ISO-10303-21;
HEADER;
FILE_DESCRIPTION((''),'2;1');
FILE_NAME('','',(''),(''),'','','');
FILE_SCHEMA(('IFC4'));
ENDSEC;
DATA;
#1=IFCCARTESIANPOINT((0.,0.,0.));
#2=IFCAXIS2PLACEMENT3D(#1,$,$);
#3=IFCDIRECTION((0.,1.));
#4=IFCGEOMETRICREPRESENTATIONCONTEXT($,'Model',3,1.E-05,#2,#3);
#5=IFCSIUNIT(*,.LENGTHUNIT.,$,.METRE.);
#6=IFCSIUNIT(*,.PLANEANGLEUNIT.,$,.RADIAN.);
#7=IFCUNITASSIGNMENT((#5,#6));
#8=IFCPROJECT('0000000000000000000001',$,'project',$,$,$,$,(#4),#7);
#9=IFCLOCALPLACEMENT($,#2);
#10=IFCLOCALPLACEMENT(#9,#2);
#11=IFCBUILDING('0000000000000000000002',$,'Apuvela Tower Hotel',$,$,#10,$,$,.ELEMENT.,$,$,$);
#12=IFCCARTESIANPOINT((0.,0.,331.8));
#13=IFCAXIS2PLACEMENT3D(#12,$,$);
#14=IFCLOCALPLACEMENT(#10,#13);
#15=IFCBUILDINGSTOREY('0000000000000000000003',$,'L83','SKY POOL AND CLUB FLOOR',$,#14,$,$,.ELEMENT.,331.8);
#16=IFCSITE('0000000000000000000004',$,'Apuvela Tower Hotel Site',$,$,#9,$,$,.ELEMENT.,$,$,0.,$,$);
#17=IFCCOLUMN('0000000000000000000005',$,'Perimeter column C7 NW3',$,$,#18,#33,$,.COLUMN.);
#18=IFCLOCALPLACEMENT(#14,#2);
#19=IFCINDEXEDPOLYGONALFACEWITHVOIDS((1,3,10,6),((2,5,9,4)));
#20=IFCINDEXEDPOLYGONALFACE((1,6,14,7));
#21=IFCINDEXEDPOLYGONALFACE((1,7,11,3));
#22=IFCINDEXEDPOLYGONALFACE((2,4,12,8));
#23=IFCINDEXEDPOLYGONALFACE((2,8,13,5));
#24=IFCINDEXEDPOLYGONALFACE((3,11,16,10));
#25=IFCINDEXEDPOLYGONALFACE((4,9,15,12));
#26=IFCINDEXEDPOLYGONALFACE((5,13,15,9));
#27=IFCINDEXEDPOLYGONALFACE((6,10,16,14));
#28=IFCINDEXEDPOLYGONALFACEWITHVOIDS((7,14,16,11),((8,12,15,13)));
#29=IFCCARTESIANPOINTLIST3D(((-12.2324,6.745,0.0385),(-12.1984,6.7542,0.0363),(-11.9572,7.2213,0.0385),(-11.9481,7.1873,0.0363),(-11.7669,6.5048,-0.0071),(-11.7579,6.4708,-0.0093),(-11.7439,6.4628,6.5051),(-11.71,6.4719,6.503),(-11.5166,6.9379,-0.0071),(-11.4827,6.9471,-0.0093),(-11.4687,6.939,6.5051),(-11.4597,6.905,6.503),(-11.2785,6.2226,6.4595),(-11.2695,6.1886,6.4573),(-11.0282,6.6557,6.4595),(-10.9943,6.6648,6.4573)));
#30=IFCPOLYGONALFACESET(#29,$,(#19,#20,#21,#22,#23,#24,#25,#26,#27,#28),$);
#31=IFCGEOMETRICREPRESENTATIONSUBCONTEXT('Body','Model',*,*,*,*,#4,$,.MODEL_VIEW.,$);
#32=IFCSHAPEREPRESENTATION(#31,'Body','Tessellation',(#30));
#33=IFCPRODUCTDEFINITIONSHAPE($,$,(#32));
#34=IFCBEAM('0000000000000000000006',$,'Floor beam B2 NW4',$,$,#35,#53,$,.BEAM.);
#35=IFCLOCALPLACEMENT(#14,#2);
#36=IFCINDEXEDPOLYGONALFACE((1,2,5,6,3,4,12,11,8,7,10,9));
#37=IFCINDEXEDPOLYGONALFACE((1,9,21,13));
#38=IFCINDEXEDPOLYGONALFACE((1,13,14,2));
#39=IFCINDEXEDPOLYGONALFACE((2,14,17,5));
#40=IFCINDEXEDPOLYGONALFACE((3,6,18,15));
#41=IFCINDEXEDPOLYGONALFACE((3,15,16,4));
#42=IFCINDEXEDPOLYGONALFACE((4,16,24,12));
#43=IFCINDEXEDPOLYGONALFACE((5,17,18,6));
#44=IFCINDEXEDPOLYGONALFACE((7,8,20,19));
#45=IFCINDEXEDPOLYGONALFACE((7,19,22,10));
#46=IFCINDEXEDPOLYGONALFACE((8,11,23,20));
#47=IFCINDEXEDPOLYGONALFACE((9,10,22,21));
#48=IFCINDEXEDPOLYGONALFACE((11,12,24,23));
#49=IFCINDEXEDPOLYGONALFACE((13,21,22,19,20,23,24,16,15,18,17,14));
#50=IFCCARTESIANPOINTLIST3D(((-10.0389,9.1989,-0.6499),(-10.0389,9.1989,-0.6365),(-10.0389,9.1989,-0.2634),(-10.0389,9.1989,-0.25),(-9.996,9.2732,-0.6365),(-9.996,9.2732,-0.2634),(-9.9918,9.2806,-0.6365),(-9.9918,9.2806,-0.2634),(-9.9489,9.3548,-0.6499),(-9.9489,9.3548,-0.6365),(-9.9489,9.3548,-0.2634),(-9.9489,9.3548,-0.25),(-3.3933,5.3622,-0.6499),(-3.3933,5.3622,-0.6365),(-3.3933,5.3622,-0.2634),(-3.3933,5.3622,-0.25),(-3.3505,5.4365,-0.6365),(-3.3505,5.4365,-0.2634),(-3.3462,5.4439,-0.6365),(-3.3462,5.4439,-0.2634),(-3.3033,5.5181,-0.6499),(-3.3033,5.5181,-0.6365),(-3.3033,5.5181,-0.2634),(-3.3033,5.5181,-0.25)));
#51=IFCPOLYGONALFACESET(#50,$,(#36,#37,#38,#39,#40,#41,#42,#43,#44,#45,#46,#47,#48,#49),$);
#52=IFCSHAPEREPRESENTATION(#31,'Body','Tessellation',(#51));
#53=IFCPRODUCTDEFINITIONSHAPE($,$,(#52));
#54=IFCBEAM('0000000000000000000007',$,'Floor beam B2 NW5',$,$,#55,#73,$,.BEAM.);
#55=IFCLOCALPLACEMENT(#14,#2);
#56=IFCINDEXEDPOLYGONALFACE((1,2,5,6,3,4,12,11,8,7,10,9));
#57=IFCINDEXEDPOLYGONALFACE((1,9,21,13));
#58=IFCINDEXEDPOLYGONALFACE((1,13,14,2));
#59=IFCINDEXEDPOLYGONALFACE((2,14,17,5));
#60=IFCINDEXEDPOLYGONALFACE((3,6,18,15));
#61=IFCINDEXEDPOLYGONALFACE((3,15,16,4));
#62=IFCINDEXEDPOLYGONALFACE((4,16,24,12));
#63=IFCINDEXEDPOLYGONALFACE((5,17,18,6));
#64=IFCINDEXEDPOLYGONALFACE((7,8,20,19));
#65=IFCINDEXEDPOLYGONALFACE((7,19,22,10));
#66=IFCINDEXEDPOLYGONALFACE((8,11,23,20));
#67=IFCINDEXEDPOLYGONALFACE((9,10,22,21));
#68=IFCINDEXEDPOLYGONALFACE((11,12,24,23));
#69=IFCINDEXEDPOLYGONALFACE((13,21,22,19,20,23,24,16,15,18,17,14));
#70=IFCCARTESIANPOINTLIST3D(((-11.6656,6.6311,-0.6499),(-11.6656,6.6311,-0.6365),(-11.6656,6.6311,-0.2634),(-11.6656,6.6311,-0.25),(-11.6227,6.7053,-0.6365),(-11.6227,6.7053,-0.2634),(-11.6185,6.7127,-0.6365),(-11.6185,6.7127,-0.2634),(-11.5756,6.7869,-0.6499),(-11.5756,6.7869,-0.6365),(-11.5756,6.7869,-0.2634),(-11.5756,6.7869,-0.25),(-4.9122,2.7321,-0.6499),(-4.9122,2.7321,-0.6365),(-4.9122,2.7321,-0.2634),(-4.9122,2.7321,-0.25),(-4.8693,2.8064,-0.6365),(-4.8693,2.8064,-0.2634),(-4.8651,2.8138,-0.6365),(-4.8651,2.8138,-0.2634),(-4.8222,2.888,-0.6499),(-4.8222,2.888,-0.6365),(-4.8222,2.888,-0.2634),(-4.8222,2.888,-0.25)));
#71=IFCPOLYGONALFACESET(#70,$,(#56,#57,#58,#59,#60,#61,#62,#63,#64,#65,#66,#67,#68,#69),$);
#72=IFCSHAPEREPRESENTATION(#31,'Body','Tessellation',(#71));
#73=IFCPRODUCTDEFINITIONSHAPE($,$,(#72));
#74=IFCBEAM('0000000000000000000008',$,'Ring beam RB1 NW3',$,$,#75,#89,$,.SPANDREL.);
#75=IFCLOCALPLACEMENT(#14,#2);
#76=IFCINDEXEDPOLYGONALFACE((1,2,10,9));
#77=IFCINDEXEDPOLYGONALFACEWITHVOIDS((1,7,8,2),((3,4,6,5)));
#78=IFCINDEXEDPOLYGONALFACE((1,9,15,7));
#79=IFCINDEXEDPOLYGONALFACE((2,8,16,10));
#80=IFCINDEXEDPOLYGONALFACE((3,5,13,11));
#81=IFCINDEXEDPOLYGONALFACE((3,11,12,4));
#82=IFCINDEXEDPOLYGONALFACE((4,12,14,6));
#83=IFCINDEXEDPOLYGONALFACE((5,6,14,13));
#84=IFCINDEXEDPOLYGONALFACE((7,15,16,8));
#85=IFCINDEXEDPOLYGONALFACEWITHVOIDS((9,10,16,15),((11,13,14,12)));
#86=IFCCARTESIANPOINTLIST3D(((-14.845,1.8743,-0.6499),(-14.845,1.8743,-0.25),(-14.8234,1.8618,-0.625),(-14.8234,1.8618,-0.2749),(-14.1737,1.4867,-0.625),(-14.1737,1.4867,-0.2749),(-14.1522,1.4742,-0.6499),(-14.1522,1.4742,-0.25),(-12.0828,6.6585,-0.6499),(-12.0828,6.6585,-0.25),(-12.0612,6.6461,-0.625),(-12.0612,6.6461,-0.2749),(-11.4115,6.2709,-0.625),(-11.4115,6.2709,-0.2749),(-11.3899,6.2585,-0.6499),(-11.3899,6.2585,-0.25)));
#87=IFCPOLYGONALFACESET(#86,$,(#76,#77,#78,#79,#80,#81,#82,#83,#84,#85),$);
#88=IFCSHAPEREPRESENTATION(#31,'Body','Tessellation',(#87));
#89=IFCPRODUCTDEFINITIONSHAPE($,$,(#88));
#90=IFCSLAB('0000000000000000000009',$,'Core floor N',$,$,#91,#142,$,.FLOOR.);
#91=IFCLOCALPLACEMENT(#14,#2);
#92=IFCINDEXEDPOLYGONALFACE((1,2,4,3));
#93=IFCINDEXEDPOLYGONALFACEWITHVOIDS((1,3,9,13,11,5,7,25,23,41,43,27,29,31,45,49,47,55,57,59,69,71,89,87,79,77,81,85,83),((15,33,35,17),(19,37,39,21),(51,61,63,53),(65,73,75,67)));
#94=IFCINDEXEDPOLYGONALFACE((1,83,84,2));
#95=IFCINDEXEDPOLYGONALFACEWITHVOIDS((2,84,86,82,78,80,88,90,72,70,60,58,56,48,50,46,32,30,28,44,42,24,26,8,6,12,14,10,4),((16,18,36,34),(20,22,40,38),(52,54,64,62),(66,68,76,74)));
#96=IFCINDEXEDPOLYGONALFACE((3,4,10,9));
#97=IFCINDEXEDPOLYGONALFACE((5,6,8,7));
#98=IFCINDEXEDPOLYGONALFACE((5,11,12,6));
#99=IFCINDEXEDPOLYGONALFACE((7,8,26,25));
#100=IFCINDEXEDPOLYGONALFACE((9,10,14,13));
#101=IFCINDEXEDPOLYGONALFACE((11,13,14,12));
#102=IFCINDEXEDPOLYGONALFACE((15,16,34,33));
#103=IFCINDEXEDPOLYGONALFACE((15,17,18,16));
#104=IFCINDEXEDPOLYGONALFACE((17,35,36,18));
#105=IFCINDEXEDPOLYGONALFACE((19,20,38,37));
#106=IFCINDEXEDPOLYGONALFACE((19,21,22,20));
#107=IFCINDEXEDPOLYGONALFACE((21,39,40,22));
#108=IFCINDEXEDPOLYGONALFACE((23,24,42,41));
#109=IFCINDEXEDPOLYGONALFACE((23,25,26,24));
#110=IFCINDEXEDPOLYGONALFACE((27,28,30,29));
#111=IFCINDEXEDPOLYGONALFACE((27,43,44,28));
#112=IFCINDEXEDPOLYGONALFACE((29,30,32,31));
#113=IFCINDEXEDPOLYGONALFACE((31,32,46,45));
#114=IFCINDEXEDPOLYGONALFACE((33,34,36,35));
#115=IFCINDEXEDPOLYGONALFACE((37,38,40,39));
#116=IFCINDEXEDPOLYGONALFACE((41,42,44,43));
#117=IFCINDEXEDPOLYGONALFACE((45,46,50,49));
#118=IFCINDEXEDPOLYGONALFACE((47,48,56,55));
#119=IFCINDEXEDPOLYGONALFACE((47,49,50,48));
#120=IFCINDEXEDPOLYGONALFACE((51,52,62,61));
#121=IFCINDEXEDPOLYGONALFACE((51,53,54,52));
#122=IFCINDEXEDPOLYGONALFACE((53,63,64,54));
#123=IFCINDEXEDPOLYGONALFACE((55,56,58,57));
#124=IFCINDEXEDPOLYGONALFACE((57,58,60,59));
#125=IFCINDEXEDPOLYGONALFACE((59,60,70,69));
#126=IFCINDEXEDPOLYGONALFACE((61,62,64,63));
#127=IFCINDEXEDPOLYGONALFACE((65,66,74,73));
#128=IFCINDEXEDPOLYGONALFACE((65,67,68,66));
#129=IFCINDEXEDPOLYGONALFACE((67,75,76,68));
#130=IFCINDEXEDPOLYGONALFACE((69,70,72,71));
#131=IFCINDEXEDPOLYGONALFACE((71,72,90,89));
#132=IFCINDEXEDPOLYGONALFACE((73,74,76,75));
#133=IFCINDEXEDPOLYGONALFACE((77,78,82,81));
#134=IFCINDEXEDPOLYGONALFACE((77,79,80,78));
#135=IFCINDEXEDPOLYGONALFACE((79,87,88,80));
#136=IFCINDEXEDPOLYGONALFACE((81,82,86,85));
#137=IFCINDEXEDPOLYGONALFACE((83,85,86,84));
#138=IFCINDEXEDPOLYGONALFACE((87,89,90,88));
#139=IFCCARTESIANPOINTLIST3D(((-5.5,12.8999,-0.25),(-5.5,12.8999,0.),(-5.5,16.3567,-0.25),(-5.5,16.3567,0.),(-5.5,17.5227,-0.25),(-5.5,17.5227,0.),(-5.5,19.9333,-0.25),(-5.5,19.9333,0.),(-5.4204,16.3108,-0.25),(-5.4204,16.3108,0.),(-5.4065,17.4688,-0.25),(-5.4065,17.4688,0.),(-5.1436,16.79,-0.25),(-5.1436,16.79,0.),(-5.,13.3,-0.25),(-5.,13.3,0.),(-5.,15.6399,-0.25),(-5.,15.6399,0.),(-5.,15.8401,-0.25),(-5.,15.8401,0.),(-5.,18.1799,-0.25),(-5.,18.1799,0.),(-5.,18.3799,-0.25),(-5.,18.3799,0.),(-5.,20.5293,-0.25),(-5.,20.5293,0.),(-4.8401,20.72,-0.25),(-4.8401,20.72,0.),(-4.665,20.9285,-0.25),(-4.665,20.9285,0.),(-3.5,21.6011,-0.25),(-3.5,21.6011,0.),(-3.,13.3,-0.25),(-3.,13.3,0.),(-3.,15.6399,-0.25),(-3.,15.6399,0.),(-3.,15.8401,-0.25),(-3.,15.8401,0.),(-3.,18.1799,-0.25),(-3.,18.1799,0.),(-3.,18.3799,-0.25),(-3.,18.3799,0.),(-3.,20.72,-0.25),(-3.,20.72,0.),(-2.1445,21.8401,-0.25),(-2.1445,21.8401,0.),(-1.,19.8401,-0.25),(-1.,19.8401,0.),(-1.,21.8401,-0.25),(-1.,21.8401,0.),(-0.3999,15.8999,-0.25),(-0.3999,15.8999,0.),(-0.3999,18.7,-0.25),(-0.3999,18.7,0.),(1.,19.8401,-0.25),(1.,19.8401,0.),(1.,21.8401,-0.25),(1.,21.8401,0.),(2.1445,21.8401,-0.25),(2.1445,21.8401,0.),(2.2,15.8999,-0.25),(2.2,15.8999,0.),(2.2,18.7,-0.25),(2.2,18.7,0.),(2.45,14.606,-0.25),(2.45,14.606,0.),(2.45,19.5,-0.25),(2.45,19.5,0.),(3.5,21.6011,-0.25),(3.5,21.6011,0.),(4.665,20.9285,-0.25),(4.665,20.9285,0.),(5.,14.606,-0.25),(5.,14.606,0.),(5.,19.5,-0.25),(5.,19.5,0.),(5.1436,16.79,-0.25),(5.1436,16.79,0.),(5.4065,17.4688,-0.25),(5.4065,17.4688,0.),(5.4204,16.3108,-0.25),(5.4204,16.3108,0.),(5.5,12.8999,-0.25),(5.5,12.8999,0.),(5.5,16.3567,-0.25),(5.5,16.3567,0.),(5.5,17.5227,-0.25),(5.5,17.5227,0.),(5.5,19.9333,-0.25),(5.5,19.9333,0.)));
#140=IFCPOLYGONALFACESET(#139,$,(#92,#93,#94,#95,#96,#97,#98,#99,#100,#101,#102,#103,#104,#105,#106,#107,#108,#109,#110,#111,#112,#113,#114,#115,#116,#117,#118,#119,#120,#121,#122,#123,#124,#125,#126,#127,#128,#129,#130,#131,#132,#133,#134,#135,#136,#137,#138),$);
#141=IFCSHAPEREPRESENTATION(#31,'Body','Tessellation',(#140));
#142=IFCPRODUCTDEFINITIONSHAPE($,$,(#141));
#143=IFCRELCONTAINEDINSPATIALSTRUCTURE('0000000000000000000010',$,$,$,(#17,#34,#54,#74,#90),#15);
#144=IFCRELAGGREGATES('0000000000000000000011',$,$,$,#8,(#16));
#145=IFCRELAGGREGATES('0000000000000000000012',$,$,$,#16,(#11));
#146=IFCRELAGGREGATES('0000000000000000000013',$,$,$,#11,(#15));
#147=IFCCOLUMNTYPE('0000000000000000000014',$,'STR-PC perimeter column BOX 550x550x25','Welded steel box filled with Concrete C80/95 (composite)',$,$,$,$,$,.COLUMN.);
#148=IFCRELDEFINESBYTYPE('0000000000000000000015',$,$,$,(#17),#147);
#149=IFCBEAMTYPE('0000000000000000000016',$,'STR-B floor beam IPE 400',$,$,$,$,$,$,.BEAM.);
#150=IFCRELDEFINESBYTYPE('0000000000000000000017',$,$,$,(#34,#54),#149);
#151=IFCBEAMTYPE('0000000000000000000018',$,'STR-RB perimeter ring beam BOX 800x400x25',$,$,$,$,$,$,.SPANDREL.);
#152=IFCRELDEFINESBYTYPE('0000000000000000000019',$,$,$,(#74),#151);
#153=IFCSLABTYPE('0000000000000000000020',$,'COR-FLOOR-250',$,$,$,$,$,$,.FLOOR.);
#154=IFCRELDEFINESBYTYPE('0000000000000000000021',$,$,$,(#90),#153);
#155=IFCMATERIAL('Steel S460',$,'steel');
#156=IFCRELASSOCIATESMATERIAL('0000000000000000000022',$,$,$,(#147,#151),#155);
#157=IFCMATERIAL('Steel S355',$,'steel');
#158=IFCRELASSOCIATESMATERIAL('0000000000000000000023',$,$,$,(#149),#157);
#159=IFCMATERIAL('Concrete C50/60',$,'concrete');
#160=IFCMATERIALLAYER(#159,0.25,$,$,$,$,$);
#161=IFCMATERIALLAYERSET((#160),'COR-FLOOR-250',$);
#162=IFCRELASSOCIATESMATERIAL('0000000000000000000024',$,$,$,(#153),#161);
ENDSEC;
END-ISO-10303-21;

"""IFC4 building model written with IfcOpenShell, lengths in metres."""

from ifc_helpers import new_model, si_unit, direction, frame, origin, origin_2d, place, context, subcontext, project, spatial, polyline, rectangle, hollow_rectangle, i_section, outline, extrude, boolean, halfspace, material, layer, layer_set, material_profile, profile_set, type_object, element, save


model = new_model("IFC4")

# Units and contexts
model_context = context("Model", 3, precision=1e-05, world=origin(), true_north=direction((0.0, 1.0)))
body_context = subcontext(model_context, "Body", "Model", "MODEL_VIEW")
ifc_project = project(units=[si_unit("LENGTHUNIT", "METRE"), si_unit("PLANEANGLEUNIT", "RADIAN")], contexts=[model_context])

# Site, building, storey
site_placement = place(None, origin())
site = spatial("IfcSite", under=ifc_project, at=site_placement, Name="Apuvela Tower Hotel Site", CompositionType="ELEMENT", RefElevation=0.0)
building_placement = place(site_placement, origin())
building = spatial("IfcBuilding", under=site, at=building_placement, Name="Apuvela Tower Hotel", CompositionType="ELEMENT")
storey_placement = place(building_placement, frame((0.0, 0.0, 331.8)))
storey = spatial("IfcBuildingStorey", under=building, at=storey_placement, Name="L83", Description="SKY POOL AND CLUB FLOOR", CompositionType="ELEMENT", Elevation=331.8)

# Column
ifc_material_1 = material(Name="Steel S460", Category="steel")
ifc_material_profile_1 = material_profile(ifc_material_1, hollow_rectangle(XDim=0.55, YDim=0.55, WallThickness=0.0249, at=origin_2d()), Name="BOX 550x550x25")
ifc_material_2 = material(Name="Concrete C80/95", Category="concrete")
ifc_material_profile_2 = material_profile(ifc_material_2, rectangle(XDim=0.5, YDim=0.5, at=origin_2d()), Name="Concrete C80/95 infill")
ifc_profile_set_1 = profile_set([ifc_material_profile_1, ifc_material_profile_2], Name="Steel S460")
column_type = type_object("IfcColumnType", Name="STR-PC perimeter column BOX 550x550x25", Description="Welded steel box filled with Concrete C80/95 (composite)", PredefinedType="COLUMN", material=ifc_profile_set_1)
column_placement = place(storey_placement, frame((-11.8586, 6.8467, 0.0), z_axis=(0.075248, -0.04348, 0.996217), x_axis=(-0.500351, -0.865822, 0.000005)))
element("IfcColumn", 1, at=column_placement, inside=storey, type_object=column_type, Name="Perimeter column C7 NW3", PredefinedType="COLUMN", context=body_context, shape_type="SweptSolid", body=[
    boolean("DIFFERENCE", boolean("DIFFERENCE", extrude(hollow_rectangle(XDim=0.55, YDim=0.55, WallThickness=0.0249, at=origin_2d()), origin(), (0.0, 0.0, 1.0), 6.5247), halfspace(frame((0.0, 0.0, 0.0146), z_axis=(0.0, 0.0, 1.0), x_axis=(1.0, 0.0, 0.0)), True)), halfspace(frame((0.0, 0.0, 6.5059), z_axis=(0.0, 0.0, 1.0), x_axis=(1.0, 0.0, 0.0)), False)),
])

# Beams
ifc_material_3 = material(Name="Steel S355", Category="steel")
ifc_material_profile_3 = material_profile(ifc_material_3, i_section(OverallWidth=0.1799, OverallDepth=0.3999, WebThickness=0.0085, FlangeThickness=0.0134, at=origin_2d()), Name="IPE 400")
ifc_profile_set_2 = profile_set([ifc_material_profile_3], Name="Steel S355")
beam_type_1 = type_object("IfcBeamType", Name="STR-B floor beam IPE 400", PredefinedType="BEAM", material=ifc_profile_set_2)
beam_1_placement = place(storey_placement, frame((-9.9939, 9.2769, -0.45), z_axis=(0.866032, -0.499989, 0.0), x_axis=(0.499989, 0.866032, 0.0)))
element("IfcBeam", 2, at=beam_1_placement, inside=storey, type_object=beam_type_1, Name="Floor beam B2 NW4", PredefinedType="BEAM", context=body_context, shape_type="SweptSolid", body=[
    extrude(i_section(OverallWidth=0.1799, OverallDepth=0.3999, WebThickness=0.0085, FlangeThickness=0.0134, at=origin_2d()), origin(), (0.0, 0.0, 1.0), 7.6736),
])
beam_2_placement = place(storey_placement, frame((-11.6206, 6.709, -0.45), z_axis=(0.866034, -0.499984, 0.0), x_axis=(0.499984, 0.866034, 0.0)))
element("IfcBeam", 3, at=beam_2_placement, inside=storey, type_object=beam_type_1, Name="Floor beam B2 NW5", PredefinedType="BEAM", context=body_context, shape_type="SweptSolid", body=[
    extrude(i_section(OverallWidth=0.1799, OverallDepth=0.3999, WebThickness=0.0085, FlangeThickness=0.0134, at=origin_2d()), origin(), (0.0, 0.0, 1.0), 7.7981),
])
ifc_material_profile_4 = material_profile(ifc_material_1, hollow_rectangle(XDim=0.8, YDim=0.3999, WallThickness=0.0249, at=origin_2d()), Name="BOX 800x400x25")
ifc_profile_set_3 = profile_set([ifc_material_profile_4], Name="Steel S460")
beam_type_2 = type_object("IfcBeamType", Name="STR-RB perimeter ring beam BOX 800x400x25", PredefinedType="SPANDREL", material=ifc_profile_set_3)
beam_3_placement = place(storey_placement, frame((-11.7363, 6.4585, -0.45), z_axis=(-0.500008, -0.866021, 0.0), x_axis=(0.866021, -0.500008, 0.0)))
element("IfcBeam", 4, at=beam_3_placement, inside=storey, type_object=beam_type_2, Name="Ring beam RB1 NW3", PredefinedType="SPANDREL", context=body_context, shape_type="SweptSolid", body=[
    extrude(hollow_rectangle(XDim=0.8, YDim=0.3999, WallThickness=0.0249, at=origin_2d()), origin(), (0.0, 0.0, 1.0), 5.5244),
])

# Slab
ifc_material_4 = material(Name="Concrete C50/60", Category="concrete")
ifc_layer_1 = layer(ifc_material_4, 0.25)
ifc_layer_set_1 = layer_set([ifc_layer_1], Name="COR-FLOOR-250")
slab_type_1 = type_object("IfcSlabType", Name="COR-FLOOR-250", PredefinedType="FLOOR", material=ifc_layer_set_1)
slab_1_placement = place(storey_placement, frame((0.0, 0.0, -0.25)))
element("IfcSlab", 5, at=slab_1_placement, inside=storey, type_object=slab_type_1, Name="Core floor N", PredefinedType="FLOOR", context=body_context, shape_type="SweptSolid", body=[
    extrude(outline(polyline([(5.4204, 16.3108), (5.1436, 16.79), (5.4065, 17.4688), (5.5, 17.5227), (5.5, 19.9333), (4.665, 20.9285), (3.5, 21.6011), (2.1445, 21.8401), (1.0, 21.8401), (1.0, 19.8401), (-1.0, 19.8401), (-1.0, 21.8401), (-2.1445, 21.8401), (-3.5, 21.6011), (-4.665, 20.9285), (-4.8401, 20.72), (-3.0, 20.72), (-3.0, 18.3799), (-5.0, 18.3799), (-5.0, 20.5293), (-5.5, 19.9333), (-5.5, 17.5227), (-5.4065, 17.4688), (-5.1436, 16.79), (-5.4204, 16.3108), (-5.5, 16.3567), (-5.5, 12.8999), (5.5, 12.8999), (5.5, 16.3567), (5.4204, 16.3108)]), holes=[polyline([(-3.0, 13.3), (-5.0, 13.3), (-5.0, 15.6399), (-3.0, 15.6399), (-3.0, 13.3)]), polyline([(-3.0, 15.8401), (-5.0, 15.8401), (-5.0, 18.1799), (-3.0, 18.1799), (-3.0, 15.8401)]), polyline([(5.0, 14.606), (2.45, 14.606), (2.45, 19.5), (5.0, 19.5), (5.0, 14.606)]), polyline([(2.2, 18.7), (2.2, 15.8999), (-0.3999, 15.8999), (-0.3999, 18.7), (2.2, 18.7)])]), origin(), (0.0, 0.0, 1.0), 0.25),
])

save(model, "model.ifc")
